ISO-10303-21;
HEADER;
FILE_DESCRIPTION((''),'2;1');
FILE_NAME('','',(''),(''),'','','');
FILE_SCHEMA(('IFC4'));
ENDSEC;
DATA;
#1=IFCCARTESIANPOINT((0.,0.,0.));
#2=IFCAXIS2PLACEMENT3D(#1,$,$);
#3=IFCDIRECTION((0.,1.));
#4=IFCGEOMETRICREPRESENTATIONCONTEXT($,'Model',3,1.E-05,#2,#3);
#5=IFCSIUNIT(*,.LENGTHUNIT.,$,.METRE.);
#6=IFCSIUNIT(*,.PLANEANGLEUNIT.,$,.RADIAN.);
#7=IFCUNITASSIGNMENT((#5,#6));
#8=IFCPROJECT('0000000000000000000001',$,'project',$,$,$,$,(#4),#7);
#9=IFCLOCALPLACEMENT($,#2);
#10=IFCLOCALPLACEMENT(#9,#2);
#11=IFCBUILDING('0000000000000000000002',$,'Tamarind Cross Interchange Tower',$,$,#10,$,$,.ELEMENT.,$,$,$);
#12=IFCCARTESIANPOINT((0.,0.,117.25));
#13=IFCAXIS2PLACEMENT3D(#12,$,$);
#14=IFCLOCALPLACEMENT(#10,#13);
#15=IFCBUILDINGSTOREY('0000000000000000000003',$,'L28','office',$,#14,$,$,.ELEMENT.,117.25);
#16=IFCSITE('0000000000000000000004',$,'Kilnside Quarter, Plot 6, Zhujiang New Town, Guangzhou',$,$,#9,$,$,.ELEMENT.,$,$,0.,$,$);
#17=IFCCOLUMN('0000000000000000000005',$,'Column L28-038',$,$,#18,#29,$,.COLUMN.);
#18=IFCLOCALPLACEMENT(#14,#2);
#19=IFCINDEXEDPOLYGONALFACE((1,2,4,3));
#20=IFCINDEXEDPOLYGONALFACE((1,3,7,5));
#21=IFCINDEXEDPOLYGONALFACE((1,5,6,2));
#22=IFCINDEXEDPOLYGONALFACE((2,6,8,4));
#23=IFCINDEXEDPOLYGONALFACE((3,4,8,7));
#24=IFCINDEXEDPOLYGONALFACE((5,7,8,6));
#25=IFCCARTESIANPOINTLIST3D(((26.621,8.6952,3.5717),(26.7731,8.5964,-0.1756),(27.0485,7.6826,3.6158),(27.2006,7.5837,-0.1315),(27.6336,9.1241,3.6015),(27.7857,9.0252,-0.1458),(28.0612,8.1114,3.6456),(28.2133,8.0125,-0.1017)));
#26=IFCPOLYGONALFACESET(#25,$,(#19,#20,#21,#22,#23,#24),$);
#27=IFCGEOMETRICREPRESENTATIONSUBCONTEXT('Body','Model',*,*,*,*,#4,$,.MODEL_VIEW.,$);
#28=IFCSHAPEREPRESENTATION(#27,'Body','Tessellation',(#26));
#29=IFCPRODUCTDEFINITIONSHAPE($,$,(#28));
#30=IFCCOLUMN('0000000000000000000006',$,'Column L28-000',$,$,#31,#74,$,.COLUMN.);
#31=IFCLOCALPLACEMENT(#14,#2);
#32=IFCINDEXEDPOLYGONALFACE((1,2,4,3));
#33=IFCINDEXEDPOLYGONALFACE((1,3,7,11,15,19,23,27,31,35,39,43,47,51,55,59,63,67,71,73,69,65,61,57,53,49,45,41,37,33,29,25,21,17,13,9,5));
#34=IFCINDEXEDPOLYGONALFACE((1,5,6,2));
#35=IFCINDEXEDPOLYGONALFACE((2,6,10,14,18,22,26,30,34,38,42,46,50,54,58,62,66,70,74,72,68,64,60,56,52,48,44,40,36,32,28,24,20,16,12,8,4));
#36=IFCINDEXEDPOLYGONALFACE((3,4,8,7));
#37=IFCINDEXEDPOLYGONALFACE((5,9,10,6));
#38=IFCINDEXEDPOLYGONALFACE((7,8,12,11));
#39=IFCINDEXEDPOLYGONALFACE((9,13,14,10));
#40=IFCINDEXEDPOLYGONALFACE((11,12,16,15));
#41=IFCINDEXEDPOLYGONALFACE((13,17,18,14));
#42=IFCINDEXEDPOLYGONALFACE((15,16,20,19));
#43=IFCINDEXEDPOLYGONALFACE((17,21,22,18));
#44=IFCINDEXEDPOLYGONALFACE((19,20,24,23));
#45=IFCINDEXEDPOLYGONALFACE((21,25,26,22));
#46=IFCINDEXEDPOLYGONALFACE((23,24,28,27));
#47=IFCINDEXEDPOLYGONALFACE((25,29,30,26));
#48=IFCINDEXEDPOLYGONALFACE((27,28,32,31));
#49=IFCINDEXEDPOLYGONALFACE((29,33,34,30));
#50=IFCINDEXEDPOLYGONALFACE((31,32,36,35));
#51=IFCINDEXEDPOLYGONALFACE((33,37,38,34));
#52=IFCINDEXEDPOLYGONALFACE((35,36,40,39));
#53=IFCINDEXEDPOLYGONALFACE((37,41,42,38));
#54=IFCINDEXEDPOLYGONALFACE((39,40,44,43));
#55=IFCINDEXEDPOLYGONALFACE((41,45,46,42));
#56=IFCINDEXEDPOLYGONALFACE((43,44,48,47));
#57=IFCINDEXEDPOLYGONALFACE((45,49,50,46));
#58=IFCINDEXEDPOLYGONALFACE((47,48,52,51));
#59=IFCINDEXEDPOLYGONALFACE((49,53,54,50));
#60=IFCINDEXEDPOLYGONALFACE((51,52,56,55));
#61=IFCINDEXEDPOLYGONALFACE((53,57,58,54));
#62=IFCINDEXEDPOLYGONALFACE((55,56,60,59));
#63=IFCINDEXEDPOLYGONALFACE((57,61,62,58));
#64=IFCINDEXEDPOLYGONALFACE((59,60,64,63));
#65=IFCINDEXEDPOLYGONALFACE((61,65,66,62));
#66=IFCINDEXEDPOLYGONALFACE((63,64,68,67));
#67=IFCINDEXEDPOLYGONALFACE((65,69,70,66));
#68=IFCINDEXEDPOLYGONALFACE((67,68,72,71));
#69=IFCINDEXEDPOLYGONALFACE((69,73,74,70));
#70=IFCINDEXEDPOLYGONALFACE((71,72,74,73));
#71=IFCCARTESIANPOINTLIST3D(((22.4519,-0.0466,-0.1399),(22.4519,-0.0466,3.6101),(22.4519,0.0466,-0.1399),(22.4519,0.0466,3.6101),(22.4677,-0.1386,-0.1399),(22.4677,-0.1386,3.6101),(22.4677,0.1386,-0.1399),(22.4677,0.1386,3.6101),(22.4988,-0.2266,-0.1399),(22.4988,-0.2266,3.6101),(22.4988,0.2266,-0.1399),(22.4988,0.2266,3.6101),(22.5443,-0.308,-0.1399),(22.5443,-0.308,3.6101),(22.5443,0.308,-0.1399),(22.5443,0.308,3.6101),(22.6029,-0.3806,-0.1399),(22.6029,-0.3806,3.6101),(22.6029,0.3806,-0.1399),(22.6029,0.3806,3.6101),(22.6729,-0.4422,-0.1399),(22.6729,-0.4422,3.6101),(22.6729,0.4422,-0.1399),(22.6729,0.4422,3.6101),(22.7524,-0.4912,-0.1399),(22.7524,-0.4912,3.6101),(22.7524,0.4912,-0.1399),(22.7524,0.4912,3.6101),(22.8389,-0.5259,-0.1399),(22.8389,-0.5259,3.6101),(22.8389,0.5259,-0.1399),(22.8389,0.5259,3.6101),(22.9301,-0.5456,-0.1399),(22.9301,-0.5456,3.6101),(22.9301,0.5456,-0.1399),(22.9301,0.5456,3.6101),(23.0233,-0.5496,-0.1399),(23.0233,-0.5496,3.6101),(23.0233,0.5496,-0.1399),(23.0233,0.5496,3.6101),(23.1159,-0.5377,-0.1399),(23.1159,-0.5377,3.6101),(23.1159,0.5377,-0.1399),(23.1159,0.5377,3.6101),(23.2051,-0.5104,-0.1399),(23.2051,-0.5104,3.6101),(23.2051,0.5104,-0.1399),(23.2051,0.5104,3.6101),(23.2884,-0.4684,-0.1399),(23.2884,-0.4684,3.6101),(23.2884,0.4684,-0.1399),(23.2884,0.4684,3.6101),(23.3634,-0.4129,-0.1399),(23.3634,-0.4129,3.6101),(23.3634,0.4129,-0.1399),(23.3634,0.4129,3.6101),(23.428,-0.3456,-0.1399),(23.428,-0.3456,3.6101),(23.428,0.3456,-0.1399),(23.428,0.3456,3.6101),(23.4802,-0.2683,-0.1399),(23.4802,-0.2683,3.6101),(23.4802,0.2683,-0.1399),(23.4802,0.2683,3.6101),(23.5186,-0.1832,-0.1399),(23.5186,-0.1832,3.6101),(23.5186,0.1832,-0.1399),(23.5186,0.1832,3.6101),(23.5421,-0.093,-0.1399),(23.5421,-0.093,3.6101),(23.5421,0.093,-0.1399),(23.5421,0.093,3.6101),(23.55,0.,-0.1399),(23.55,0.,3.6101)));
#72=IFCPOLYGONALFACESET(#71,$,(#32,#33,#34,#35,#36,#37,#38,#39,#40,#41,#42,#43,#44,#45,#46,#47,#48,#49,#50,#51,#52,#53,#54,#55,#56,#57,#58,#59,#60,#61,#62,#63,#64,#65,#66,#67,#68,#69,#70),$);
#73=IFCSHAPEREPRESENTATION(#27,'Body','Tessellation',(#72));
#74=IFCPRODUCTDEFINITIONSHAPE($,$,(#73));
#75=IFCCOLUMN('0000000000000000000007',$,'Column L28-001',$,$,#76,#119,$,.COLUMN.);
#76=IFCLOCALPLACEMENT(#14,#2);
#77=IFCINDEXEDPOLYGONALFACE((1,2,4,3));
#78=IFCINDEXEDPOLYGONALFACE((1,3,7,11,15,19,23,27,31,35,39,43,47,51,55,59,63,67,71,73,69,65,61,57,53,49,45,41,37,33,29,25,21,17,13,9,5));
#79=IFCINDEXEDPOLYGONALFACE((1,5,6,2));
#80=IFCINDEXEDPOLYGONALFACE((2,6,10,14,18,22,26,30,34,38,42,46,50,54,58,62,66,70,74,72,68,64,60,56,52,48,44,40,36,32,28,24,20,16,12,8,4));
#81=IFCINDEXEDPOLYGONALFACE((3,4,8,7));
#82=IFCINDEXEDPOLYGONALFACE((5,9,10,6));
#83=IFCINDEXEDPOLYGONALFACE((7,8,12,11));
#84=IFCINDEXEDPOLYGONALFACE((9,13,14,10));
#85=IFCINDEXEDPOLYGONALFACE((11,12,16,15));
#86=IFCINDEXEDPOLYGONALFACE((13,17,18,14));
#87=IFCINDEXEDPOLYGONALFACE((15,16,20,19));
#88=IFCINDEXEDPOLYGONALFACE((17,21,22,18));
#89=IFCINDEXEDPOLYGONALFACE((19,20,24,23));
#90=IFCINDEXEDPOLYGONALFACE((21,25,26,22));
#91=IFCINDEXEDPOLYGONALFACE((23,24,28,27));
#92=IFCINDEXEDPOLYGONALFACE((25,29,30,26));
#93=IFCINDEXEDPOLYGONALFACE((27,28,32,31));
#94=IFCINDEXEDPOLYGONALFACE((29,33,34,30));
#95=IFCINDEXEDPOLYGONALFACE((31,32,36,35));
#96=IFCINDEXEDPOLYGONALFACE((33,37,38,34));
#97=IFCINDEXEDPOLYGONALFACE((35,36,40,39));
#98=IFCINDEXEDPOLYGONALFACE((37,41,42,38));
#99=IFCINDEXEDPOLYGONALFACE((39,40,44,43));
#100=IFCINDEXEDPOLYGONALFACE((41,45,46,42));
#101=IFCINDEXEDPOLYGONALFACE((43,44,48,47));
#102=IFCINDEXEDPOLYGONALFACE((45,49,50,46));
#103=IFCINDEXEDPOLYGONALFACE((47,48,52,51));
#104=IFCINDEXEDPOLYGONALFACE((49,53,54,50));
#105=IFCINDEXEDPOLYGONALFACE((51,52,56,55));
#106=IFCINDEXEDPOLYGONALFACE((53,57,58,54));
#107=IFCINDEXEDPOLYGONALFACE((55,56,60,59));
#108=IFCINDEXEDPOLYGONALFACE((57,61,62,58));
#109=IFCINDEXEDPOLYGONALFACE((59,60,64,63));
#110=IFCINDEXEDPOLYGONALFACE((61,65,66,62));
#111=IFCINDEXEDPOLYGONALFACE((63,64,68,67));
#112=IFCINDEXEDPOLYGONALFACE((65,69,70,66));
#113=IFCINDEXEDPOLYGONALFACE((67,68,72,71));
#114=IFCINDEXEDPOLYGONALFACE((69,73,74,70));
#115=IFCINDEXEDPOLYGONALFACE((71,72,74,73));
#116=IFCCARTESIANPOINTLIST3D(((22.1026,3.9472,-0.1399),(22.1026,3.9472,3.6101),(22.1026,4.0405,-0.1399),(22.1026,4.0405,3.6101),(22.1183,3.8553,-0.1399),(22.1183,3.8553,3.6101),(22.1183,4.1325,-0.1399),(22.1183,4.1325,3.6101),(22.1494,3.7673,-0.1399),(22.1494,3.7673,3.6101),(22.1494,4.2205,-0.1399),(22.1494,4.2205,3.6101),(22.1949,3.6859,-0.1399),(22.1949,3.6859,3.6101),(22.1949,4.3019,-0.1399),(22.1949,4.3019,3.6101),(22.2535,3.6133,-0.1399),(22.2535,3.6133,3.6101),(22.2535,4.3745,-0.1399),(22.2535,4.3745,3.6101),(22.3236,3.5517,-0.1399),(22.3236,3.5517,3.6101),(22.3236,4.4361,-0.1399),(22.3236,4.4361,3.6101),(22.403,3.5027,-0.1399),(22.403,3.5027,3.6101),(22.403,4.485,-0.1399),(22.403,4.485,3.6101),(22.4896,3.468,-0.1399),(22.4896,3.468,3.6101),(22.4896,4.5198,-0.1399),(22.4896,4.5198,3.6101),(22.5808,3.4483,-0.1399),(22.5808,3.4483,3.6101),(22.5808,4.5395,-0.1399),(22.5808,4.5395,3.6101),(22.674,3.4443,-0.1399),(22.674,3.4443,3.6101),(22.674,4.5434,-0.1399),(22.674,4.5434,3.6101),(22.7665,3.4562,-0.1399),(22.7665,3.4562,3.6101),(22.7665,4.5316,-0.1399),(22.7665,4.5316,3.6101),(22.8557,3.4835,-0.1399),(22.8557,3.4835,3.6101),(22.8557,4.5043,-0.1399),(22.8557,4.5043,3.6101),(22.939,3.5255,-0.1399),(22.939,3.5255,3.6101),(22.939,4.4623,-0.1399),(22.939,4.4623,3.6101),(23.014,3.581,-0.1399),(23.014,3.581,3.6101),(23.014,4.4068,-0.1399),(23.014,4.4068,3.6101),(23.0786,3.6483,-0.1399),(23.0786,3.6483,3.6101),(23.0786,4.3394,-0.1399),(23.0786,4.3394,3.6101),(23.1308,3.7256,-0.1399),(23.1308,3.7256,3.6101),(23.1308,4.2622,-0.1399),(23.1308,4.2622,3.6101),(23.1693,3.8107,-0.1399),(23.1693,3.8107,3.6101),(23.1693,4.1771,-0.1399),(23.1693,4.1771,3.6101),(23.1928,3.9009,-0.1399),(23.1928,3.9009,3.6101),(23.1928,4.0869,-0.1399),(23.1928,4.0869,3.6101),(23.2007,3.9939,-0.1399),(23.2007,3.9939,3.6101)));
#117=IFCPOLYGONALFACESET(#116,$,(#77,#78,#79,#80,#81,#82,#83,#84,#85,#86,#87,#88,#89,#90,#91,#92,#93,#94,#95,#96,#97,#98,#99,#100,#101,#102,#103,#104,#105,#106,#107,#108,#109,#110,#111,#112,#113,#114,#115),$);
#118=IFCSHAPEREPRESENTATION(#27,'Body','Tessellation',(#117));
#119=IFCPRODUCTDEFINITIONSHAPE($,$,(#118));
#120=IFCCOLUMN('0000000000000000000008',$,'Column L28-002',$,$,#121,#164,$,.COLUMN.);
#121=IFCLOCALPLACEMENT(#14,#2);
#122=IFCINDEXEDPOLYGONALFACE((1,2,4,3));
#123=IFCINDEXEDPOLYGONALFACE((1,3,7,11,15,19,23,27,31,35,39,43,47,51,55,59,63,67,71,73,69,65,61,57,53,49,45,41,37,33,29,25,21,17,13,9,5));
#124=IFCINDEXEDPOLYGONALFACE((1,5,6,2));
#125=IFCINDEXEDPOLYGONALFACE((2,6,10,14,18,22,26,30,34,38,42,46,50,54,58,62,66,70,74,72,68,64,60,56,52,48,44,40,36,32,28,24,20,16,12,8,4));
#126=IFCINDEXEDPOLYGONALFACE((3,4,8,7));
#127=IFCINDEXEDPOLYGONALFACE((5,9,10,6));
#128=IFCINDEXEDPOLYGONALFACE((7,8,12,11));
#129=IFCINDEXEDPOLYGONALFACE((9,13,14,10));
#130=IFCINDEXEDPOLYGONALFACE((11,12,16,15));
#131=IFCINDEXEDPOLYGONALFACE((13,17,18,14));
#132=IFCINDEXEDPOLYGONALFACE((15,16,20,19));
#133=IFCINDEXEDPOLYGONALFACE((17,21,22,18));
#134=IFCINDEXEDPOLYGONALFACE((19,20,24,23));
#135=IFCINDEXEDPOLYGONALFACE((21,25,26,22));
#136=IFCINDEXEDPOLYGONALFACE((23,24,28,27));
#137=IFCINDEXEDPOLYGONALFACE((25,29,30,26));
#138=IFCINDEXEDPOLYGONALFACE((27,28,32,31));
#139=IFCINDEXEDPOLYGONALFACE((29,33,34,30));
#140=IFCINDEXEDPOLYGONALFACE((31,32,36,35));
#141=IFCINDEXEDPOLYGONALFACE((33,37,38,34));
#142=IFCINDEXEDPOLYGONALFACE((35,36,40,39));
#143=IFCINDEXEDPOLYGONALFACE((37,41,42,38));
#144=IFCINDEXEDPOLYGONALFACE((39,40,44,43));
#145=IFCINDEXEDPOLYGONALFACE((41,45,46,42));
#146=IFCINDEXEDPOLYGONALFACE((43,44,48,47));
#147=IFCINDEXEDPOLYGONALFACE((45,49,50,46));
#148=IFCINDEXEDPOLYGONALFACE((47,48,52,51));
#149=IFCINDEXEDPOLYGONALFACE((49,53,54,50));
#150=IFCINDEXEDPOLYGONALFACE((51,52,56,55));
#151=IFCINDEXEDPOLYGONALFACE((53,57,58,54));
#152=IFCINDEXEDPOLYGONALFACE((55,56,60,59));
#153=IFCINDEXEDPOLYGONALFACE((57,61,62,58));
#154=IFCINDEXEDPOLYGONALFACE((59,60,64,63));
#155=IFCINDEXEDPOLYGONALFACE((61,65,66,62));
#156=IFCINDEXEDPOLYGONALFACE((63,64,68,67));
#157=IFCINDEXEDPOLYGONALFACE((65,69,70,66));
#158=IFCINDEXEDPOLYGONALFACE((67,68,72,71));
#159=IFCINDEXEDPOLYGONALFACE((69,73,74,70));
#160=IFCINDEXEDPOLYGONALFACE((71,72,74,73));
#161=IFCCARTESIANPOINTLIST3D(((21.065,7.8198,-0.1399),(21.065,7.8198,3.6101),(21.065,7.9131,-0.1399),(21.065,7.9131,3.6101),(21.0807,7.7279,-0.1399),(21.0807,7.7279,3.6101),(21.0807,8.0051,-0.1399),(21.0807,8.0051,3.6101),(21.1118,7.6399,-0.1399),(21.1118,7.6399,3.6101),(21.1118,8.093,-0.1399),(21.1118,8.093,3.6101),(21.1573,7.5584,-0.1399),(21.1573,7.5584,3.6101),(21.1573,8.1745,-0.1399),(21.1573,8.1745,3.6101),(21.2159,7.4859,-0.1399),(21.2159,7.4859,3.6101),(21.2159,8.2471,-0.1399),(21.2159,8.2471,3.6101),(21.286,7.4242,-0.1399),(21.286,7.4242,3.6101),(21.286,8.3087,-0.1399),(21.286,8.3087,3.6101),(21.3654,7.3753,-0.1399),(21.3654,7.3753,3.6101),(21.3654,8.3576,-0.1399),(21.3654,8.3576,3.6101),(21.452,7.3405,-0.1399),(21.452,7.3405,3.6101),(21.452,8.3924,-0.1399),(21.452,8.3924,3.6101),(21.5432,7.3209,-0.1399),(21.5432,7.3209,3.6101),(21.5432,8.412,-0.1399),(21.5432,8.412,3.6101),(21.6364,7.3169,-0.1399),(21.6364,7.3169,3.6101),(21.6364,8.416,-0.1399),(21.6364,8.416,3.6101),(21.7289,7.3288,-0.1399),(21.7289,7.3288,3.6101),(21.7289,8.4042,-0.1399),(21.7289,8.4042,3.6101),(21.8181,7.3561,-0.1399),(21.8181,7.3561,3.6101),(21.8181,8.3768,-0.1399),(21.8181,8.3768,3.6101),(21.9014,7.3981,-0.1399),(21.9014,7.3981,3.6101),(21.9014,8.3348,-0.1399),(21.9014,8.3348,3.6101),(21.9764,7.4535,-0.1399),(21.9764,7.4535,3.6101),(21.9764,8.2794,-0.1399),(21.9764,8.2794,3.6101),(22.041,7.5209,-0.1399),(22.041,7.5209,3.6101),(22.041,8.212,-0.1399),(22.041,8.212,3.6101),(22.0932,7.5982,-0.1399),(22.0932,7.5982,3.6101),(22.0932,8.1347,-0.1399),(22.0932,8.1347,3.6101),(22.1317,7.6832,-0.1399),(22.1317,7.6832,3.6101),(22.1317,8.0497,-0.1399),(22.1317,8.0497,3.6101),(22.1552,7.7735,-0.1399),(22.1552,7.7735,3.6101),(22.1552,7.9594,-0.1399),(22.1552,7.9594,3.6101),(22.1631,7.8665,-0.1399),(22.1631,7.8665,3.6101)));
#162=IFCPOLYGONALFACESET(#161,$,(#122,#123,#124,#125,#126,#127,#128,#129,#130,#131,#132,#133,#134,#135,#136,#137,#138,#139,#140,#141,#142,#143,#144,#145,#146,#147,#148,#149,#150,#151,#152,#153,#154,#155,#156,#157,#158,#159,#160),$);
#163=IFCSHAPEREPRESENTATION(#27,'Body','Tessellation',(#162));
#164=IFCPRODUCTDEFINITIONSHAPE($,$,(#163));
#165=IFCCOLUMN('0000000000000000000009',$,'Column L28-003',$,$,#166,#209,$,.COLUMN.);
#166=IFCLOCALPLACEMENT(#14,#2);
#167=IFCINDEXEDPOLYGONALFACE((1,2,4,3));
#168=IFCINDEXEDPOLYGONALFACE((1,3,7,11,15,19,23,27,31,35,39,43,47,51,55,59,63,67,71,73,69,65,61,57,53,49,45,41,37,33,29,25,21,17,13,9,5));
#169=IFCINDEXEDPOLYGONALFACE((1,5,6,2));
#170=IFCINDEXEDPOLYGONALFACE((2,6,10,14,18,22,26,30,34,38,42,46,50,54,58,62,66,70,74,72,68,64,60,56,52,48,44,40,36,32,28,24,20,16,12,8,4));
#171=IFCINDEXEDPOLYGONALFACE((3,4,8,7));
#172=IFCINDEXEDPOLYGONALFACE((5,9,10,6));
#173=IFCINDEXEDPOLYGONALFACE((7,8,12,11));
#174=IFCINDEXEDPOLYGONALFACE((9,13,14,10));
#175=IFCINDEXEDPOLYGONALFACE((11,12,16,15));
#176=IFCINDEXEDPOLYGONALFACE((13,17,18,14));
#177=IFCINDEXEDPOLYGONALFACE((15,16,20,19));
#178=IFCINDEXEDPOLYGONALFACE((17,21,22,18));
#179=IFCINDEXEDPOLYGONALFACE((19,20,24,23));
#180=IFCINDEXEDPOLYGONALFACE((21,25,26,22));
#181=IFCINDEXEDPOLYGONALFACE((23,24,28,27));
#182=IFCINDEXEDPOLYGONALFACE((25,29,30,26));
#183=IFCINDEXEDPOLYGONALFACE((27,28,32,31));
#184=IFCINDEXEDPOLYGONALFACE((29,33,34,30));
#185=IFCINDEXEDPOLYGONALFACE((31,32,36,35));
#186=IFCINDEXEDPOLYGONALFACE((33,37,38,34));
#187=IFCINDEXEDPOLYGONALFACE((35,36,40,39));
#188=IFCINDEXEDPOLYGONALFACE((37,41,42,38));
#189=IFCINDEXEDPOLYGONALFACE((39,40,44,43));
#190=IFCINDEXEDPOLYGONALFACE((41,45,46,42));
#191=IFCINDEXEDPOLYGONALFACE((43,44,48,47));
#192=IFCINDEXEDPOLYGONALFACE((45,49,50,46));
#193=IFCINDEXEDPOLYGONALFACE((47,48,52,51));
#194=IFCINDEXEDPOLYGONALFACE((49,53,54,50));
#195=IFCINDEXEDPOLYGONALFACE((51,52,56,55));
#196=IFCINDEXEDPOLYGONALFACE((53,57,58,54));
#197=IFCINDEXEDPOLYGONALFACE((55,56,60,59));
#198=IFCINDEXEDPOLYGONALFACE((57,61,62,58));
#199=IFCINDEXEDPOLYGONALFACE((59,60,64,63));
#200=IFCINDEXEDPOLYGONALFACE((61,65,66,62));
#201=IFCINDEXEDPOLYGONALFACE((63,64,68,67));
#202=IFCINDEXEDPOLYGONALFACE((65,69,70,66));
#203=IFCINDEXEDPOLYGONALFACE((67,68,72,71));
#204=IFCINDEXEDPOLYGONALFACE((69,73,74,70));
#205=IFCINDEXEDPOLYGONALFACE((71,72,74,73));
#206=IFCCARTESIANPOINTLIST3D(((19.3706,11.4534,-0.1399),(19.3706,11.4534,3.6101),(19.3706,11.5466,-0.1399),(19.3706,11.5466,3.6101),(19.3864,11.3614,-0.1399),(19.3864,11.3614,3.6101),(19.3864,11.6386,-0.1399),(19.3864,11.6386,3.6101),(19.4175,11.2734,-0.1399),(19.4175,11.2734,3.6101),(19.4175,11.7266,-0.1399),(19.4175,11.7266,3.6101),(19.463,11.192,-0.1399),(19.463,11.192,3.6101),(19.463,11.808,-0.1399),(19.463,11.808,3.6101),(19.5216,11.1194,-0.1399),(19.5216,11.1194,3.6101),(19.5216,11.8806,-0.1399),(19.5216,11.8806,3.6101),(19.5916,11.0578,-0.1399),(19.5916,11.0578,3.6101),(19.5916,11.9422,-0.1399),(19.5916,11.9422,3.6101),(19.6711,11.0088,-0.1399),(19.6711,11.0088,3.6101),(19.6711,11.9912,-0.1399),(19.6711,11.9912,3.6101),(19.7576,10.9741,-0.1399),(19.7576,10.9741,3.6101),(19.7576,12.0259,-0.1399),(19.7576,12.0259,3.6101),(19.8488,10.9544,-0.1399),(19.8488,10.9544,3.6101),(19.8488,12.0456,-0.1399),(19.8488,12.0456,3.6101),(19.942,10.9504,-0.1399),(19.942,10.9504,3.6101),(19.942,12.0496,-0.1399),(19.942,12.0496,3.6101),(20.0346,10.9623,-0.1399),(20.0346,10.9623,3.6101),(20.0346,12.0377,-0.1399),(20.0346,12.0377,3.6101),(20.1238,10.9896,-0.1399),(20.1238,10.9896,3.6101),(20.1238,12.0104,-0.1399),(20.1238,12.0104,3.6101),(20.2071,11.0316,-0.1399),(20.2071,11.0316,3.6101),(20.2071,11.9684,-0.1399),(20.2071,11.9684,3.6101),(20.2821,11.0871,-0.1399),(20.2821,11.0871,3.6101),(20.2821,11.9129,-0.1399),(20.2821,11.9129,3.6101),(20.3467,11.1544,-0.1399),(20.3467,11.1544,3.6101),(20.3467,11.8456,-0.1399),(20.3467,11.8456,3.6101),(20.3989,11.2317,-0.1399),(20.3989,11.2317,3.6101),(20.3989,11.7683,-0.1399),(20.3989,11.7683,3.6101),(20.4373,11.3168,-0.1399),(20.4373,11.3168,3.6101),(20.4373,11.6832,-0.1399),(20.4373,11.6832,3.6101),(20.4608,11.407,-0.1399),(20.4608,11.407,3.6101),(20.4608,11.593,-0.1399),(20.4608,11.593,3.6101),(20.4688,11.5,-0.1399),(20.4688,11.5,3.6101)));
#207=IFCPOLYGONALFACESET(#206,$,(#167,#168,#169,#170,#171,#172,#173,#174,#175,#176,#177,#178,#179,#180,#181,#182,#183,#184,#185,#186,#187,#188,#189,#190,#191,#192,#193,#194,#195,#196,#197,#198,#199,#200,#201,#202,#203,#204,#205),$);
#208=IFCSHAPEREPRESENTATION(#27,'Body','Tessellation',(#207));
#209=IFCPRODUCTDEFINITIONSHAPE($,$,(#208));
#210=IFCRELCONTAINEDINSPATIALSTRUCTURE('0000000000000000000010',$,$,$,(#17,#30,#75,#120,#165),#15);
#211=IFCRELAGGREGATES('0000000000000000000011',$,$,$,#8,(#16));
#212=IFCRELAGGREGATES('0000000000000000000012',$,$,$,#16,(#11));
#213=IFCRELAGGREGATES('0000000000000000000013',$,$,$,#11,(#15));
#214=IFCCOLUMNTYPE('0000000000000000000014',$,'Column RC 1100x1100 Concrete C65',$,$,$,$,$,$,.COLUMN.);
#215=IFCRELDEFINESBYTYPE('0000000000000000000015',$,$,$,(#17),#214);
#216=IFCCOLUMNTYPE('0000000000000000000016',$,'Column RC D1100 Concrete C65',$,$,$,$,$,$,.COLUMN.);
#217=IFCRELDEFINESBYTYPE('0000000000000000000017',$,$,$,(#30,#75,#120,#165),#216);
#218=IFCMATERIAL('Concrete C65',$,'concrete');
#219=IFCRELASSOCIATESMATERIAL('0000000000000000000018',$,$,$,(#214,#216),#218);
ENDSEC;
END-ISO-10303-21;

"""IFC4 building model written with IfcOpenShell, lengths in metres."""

from ifc_helpers import new_model, si_unit, direction, frame, origin, origin_2d, place, context, subcontext, project, spatial, rectangle, circle, extrude, material, material_profile, profile_set, type_object, element, save


model = new_model("IFC4")

# Units and contexts
model_context = context("Model", 3, precision=1e-05, world=origin(), true_north=direction((0.0, 1.0)))
body_context = subcontext(model_context, "Body", "Model", "MODEL_VIEW")
ifc_project = project(units=[si_unit("LENGTHUNIT", "METRE"), si_unit("PLANEANGLEUNIT", "RADIAN")], contexts=[model_context])

# Site, building, storey
site_placement = place(None, origin())
site = spatial("IfcSite", under=ifc_project, at=site_placement, Name="Kilnside Quarter, Plot 6, Zhujiang New Town, Guangzhou", CompositionType="ELEMENT", RefElevation=0.0)
building_placement = place(site_placement, origin())
building = spatial("IfcBuilding", under=site, at=building_placement, Name="Tamarind Cross Interchange Tower", CompositionType="ELEMENT")
storey_placement = place(building_placement, frame((0.0, 0.0, 117.25)))
storey = spatial("IfcBuildingStorey", under=building, at=storey_placement, Name="L28", Description="office", CompositionType="ELEMENT", Elevation=117.25)

# Columns
ifc_material_1 = material(Name="Concrete C65", Category="concrete")
ifc_material_profile_1 = material_profile(ifc_material_1, rectangle(XDim=1.1001, YDim=1.1001, at=origin_2d()), Name="RC 1100x1100")
ifc_profile_set_1 = profile_set([ifc_material_profile_1], Name="Concrete C65")
column_type_1 = type_object("IfcColumnType", Name="Column RC 1100x1100 Concrete C65", PredefinedType="COLUMN", material=ifc_profile_set_1)
column_placement = place(storey_placement, frame((27.4932, 8.3044, -0.1387), z_axis=(-0.040541, 0.026355, 0.99883), x_axis=(0.388633, -0.920521, 0.040063)))
element("IfcColumn", 1, at=column_placement, inside=storey, type_object=column_type_1, Name="Column L28-038", PredefinedType="COLUMN", context=body_context, shape_type="SweptSolid", body=[
    extrude(rectangle(XDim=1.1001, YDim=1.1001, at=origin_2d()), origin(), (0.0, 0.0, 1.0), 3.7517),
])
ifc_material_profile_2 = material_profile(ifc_material_1, circle(Radius=0.55, at=origin_2d()), Name="RC D1100")
ifc_profile_set_2 = profile_set([ifc_material_profile_2], Name="Concrete C65")
column_type_2 = type_object("IfcColumnType", Name="Column RC D1100 Concrete C65", PredefinedType="COLUMN", material=ifc_profile_set_2)
for number, where, z_axis, x_axis, name in (
    (2, (23.0, 0.0, -0.1399), (0.0, 0.0, 1.0), (1.0, 0.0, 0.0), "Column L28-000"),
    (3, (22.6506, 3.9939, -0.1399), (0.0, 0.0, 1.0), (1.0, 0.0, 0.0), "Column L28-001"),
    (4, (21.613, 7.8665, -0.1399), (0.0, 0.0, 1.0), (1.0, 0.0, 0.0), "Column L28-002"),
    (5, (19.9187, 11.5, -0.1399), (0.0, 0.0, 1.0), (1.0, 0.0, 0.0), "Column L28-003"),
):
    element("IfcColumn", number, at=place(storey_placement, frame(where, z_axis=z_axis, x_axis=x_axis)), inside=storey, type_object=column_type_2, Name=name, PredefinedType="COLUMN", context=body_context, shape_type="SweptSolid", body=[
        extrude(circle(Radius=0.55, at=origin_2d()), origin(), (0.0, 0.0, 1.0), 3.75),
    ])

save(model, "model.ifc")
